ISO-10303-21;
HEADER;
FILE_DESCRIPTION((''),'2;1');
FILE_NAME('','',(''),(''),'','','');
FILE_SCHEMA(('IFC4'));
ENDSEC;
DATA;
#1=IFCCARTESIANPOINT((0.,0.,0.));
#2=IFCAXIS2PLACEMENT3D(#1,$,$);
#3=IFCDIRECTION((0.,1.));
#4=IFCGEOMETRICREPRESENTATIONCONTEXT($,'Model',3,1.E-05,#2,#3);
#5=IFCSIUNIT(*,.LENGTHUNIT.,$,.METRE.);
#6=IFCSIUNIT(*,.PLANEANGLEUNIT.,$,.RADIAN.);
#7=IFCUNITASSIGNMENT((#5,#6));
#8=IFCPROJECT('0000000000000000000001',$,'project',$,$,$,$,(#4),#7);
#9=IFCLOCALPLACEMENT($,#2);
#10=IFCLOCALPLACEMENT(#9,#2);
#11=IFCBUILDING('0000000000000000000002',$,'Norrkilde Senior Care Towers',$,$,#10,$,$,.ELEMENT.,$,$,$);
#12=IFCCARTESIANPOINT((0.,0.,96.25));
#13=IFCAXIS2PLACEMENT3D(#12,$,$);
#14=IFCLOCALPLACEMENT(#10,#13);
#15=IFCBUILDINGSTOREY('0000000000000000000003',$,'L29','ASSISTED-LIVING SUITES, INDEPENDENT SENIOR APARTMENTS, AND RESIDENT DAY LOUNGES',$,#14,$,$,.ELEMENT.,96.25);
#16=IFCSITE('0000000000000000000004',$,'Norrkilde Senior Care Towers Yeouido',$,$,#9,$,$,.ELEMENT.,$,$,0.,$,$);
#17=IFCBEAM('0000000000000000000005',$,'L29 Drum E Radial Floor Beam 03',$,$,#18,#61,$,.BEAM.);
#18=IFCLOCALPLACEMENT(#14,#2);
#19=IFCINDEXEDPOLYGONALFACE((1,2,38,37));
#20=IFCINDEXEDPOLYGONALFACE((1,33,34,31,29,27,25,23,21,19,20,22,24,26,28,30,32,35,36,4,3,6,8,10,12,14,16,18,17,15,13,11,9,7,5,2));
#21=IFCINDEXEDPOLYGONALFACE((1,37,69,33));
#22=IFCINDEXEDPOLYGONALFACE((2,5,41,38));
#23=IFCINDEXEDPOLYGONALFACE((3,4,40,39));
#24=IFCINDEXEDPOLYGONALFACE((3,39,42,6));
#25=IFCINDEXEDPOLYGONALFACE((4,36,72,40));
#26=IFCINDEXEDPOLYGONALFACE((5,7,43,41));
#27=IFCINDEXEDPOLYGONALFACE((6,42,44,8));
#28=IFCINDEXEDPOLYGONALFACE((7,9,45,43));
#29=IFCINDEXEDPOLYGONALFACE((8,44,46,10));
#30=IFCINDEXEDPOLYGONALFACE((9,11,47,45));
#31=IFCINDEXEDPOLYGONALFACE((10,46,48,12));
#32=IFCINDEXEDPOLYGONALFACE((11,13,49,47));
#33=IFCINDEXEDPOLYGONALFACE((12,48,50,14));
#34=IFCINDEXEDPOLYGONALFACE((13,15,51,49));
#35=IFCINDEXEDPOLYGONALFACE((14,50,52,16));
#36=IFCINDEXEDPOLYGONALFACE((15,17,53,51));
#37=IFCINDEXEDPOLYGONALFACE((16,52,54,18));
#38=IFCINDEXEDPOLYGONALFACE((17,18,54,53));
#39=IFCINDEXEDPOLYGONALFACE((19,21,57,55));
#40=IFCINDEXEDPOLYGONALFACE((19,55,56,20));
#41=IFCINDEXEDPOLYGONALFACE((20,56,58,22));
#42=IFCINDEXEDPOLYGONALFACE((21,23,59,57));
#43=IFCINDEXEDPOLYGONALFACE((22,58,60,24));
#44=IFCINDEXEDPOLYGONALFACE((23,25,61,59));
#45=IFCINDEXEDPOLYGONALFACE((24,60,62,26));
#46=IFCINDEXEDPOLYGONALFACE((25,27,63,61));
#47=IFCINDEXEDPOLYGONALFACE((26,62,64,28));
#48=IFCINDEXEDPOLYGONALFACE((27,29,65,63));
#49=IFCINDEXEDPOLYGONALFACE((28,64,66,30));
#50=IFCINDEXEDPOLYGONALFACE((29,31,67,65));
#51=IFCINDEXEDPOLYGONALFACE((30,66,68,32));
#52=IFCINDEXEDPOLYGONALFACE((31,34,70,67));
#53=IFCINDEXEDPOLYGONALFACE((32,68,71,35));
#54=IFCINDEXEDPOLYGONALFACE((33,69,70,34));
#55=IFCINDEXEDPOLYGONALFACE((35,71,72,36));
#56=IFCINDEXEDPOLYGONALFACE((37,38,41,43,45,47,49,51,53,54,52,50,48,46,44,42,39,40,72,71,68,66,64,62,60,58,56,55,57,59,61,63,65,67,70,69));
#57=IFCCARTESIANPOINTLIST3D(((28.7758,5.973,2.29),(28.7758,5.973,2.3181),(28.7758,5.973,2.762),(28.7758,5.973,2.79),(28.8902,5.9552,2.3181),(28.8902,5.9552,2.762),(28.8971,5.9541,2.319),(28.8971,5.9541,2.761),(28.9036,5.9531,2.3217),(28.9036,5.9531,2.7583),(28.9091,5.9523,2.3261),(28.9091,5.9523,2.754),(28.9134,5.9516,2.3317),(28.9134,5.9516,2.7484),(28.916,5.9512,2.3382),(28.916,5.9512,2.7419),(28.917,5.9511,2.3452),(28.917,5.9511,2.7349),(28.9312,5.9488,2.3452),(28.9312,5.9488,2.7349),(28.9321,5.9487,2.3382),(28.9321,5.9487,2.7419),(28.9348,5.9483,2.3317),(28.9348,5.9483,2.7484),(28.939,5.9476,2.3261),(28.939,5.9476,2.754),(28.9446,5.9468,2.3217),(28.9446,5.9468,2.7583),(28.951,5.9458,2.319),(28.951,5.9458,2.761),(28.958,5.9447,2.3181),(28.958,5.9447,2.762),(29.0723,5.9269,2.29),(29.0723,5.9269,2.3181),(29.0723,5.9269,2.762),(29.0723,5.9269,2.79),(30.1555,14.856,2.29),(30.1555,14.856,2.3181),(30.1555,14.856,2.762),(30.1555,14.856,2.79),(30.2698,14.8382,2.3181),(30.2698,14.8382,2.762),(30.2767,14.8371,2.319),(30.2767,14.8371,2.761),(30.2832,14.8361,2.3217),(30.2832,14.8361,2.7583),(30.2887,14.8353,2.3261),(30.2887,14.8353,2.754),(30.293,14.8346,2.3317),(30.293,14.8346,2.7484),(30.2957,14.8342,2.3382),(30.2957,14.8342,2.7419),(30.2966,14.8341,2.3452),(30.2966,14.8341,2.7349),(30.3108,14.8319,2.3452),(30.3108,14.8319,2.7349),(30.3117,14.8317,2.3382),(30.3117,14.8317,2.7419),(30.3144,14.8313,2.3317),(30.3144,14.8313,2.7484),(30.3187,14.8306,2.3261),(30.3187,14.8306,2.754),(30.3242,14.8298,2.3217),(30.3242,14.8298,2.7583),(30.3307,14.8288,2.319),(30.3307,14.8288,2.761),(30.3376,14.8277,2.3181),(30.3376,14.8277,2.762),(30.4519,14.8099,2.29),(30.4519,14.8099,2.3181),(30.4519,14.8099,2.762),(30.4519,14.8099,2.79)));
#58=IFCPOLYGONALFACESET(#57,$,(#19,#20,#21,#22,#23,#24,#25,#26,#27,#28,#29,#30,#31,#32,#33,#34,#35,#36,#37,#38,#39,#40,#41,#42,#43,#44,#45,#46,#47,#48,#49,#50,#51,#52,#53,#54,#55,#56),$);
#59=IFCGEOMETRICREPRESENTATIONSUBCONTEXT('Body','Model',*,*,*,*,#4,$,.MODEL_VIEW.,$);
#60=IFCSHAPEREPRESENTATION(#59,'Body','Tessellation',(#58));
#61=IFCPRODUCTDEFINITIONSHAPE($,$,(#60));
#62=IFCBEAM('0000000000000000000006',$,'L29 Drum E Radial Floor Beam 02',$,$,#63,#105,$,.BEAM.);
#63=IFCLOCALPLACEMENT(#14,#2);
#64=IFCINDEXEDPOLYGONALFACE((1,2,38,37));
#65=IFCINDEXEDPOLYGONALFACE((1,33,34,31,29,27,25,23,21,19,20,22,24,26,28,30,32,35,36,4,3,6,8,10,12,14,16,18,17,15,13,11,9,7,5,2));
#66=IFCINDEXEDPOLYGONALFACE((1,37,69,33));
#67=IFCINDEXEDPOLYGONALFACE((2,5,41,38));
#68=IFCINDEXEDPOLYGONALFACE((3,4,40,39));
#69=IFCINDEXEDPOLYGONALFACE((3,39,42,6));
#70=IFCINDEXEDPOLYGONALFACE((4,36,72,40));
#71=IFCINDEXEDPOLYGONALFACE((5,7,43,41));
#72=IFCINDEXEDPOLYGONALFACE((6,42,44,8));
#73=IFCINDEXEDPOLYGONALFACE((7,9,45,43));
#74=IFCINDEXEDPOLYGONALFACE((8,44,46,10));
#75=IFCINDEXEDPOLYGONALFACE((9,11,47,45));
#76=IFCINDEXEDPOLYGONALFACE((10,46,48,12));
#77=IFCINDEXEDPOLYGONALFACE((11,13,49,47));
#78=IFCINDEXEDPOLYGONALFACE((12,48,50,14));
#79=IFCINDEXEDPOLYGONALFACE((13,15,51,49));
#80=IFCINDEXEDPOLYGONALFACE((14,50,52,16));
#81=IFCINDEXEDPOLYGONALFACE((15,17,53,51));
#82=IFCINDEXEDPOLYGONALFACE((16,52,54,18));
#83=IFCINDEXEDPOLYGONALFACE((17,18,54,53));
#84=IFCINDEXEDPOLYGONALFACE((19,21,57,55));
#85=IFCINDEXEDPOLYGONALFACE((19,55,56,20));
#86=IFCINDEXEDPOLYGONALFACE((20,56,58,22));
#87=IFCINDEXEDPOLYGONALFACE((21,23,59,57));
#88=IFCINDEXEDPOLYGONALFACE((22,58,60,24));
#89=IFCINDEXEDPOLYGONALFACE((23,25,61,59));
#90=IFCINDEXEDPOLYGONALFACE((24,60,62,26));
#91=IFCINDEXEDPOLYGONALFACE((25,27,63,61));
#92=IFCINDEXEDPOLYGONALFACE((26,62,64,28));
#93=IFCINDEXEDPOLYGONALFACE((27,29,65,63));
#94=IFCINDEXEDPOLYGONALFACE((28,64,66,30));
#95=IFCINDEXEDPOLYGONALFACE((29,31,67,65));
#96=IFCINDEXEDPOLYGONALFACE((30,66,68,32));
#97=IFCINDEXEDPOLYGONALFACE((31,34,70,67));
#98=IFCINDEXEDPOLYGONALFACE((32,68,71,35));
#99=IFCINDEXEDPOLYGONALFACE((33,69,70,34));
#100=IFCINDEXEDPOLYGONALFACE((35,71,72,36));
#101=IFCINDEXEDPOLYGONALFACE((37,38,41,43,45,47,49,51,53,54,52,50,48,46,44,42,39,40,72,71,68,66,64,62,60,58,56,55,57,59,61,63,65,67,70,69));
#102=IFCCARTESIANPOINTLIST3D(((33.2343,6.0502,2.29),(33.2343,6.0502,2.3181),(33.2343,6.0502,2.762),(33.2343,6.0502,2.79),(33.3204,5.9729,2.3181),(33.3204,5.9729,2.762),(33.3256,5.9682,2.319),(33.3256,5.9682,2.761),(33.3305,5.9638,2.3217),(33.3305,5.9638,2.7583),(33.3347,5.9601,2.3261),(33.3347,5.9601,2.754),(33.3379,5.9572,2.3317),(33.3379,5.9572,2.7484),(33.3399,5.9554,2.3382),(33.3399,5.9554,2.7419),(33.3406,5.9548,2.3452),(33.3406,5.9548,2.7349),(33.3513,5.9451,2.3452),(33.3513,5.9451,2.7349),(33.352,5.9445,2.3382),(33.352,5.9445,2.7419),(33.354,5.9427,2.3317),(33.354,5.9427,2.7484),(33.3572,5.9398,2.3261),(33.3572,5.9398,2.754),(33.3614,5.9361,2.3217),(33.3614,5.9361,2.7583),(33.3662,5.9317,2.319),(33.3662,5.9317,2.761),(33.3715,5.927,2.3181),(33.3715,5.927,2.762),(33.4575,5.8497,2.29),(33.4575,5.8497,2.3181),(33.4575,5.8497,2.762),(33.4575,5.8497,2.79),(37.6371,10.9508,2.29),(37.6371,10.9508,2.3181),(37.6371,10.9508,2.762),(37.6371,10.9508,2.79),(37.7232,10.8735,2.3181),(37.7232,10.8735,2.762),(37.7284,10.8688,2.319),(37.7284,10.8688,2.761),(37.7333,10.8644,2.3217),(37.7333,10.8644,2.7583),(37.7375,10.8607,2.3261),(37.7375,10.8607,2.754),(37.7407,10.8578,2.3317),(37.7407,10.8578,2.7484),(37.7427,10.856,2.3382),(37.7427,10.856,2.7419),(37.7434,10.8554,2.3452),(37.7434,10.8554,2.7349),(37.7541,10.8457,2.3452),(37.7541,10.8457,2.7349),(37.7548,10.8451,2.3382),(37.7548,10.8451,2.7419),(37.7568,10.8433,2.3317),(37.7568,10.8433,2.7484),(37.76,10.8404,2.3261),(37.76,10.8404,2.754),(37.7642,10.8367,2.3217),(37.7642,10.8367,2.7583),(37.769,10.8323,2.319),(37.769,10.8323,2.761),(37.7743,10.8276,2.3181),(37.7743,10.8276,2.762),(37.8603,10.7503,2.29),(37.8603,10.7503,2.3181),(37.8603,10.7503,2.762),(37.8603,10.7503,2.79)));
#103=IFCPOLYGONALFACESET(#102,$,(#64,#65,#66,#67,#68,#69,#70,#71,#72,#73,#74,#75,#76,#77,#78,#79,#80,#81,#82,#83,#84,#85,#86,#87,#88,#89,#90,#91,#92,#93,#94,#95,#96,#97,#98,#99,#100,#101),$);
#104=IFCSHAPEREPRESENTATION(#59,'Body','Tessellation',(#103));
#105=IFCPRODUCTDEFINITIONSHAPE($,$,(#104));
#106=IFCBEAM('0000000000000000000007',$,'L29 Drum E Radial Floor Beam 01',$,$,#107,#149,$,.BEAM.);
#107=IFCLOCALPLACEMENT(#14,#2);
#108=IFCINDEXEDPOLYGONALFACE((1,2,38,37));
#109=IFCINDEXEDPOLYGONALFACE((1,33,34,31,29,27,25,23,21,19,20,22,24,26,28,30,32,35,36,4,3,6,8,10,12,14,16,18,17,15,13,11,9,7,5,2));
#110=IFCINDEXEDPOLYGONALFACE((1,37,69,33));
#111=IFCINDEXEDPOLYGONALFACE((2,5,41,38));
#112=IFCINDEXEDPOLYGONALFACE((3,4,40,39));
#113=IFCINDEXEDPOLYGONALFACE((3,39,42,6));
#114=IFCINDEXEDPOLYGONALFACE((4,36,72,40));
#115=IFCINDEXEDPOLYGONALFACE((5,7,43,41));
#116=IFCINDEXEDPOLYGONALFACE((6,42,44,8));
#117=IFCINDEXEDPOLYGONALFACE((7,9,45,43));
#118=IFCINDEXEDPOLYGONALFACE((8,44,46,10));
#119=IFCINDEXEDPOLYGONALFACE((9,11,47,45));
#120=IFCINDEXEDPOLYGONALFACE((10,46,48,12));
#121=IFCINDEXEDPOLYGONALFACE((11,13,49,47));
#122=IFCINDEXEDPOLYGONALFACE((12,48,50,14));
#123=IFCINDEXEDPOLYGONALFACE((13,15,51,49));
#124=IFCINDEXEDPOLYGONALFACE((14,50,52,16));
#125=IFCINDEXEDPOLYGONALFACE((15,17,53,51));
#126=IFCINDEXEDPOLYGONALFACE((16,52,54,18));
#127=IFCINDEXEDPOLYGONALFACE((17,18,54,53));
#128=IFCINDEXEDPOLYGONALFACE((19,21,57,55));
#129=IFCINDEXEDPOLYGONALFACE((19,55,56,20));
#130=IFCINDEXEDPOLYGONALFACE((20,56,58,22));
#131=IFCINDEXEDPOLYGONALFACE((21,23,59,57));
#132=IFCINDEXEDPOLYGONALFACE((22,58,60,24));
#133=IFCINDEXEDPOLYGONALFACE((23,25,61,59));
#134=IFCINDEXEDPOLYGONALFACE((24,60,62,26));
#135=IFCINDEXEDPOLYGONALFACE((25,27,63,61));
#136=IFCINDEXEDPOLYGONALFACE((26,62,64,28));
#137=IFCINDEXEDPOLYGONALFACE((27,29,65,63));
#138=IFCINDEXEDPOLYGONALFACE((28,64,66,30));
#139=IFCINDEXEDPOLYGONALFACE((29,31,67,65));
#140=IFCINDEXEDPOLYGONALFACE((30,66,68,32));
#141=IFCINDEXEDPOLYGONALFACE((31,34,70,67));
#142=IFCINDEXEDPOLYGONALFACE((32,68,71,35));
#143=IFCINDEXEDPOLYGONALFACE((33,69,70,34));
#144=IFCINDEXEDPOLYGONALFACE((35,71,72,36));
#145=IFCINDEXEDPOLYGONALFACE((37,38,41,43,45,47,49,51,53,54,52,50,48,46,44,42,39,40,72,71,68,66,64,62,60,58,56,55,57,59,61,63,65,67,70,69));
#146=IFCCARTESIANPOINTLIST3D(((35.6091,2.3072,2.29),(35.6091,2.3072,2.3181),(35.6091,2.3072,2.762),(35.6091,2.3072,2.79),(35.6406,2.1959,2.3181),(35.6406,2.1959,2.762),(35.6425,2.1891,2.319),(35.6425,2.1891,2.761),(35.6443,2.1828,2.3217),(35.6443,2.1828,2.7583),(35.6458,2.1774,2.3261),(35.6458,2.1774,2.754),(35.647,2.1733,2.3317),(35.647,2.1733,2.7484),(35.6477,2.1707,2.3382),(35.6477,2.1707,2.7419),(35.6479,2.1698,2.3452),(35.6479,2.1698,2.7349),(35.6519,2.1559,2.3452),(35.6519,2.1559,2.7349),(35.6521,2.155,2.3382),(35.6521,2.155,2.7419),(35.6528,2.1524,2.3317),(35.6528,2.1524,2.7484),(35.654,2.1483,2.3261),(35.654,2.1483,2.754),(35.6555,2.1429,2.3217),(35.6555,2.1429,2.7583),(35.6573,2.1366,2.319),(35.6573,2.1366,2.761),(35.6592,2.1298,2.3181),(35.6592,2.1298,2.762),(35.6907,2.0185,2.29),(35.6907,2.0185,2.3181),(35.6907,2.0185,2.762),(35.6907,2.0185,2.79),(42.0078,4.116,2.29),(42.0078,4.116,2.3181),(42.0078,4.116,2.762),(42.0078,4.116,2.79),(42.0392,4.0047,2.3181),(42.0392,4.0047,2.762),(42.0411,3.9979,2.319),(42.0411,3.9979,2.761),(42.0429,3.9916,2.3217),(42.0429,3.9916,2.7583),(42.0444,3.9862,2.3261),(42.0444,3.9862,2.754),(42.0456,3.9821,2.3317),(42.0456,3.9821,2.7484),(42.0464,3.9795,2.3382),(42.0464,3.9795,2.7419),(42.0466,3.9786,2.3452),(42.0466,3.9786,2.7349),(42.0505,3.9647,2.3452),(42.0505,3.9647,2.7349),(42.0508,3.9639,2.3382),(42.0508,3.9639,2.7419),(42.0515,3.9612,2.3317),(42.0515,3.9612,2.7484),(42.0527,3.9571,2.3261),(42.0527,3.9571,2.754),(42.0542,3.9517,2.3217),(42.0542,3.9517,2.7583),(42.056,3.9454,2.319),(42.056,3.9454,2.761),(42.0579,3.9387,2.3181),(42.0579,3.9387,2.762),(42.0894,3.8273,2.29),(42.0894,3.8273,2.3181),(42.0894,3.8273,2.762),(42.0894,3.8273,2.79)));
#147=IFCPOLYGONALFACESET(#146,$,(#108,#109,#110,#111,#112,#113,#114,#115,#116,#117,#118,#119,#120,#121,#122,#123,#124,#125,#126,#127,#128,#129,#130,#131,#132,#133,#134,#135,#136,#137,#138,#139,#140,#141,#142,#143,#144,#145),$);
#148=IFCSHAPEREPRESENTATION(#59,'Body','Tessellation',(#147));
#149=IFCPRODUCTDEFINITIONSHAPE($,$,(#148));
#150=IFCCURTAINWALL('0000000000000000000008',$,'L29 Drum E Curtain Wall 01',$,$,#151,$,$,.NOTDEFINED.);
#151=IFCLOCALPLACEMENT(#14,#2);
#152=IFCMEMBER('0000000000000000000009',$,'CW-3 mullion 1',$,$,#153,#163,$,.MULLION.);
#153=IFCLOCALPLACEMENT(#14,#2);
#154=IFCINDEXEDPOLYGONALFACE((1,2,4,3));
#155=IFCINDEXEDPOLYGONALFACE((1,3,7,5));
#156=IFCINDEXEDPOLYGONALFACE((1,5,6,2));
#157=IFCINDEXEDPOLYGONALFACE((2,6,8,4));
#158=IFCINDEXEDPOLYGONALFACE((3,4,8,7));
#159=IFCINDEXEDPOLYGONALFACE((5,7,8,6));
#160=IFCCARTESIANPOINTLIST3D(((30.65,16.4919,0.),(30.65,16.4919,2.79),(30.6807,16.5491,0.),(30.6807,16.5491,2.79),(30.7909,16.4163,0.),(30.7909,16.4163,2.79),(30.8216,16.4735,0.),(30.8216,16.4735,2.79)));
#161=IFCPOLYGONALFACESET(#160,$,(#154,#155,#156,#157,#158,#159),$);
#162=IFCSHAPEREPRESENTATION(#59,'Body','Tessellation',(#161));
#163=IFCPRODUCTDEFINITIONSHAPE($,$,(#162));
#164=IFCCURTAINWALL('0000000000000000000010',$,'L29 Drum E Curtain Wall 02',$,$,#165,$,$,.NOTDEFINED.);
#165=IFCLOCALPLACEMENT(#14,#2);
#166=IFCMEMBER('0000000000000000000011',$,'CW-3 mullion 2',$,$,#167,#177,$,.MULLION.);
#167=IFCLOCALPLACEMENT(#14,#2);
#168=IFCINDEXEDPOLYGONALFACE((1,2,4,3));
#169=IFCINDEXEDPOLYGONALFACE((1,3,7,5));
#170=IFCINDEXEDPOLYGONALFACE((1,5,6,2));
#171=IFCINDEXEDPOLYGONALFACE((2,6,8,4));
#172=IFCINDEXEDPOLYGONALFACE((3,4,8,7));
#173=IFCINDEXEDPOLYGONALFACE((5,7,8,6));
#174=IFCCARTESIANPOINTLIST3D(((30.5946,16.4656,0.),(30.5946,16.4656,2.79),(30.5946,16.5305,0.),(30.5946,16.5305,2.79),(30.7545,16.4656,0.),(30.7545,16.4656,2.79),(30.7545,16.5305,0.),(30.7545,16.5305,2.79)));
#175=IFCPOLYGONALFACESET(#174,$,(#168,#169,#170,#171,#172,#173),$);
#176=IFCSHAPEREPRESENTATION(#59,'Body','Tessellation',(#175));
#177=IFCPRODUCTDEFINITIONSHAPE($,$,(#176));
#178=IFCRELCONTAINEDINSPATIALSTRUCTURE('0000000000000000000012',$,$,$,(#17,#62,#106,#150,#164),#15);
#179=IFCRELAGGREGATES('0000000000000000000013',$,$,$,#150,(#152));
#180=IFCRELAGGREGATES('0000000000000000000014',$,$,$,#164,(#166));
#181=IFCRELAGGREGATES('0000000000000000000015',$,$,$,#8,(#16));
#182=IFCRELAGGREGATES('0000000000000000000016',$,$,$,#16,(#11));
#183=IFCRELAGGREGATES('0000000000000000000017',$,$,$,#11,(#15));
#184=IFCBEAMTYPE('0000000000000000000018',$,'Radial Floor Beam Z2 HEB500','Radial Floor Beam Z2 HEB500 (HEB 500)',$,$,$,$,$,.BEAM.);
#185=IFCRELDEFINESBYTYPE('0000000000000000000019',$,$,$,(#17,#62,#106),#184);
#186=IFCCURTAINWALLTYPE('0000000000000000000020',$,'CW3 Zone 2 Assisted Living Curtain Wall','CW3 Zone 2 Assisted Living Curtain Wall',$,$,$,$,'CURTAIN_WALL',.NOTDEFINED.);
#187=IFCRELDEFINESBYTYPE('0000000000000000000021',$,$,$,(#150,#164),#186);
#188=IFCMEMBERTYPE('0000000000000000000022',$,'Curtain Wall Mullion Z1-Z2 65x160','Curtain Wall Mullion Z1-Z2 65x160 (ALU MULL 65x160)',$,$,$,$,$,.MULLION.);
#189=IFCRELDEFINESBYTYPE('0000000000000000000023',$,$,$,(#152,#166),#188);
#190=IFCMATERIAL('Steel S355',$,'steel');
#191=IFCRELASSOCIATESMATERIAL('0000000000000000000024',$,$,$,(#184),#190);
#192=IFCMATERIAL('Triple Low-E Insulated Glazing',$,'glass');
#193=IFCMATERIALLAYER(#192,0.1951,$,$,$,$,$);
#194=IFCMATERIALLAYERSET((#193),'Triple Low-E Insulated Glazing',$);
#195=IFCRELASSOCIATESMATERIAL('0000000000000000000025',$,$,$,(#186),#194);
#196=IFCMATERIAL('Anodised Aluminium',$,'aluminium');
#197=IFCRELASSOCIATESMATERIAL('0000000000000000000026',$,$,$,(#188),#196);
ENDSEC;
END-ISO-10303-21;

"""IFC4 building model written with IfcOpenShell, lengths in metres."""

from ifc_helpers import new_model, si_unit, direction, frame, origin, origin_2d, place, context, subcontext, project, spatial, rectangle, i_section, extrude, source, transform, mapped, material, layer, layer_set, material_profile, profile_set, type_object, type_shapes, element, aggregate, save


model = new_model("IFC4")

# Units and contexts
model_context = context("Model", 3, precision=1e-05, world=origin(), true_north=direction((0.0, 1.0)))
body_context = subcontext(model_context, "Body", "Model", "MODEL_VIEW")
ifc_project = project(units=[si_unit("LENGTHUNIT", "METRE"), si_unit("PLANEANGLEUNIT", "RADIAN")], contexts=[model_context])

# Site, building, storey
site_placement = place(None, origin())
site = spatial("IfcSite", under=ifc_project, at=site_placement, Name="Norrkilde Senior Care Towers Yeouido", CompositionType="ELEMENT", RefElevation=0.0)
building_placement = place(site_placement, origin())
building = spatial("IfcBuilding", under=site, at=building_placement, Name="Norrkilde Senior Care Towers", CompositionType="ELEMENT")
storey_placement = place(building_placement, frame((0.0, 0.0, 96.25)))
storey = spatial("IfcBuildingStorey", under=building, at=storey_placement, Name="L29", Description="ASSISTED-LIVING SUITES, INDEPENDENT SENIOR APARTMENTS, AND RESIDENT DAY LOUNGES", CompositionType="ELEMENT", Elevation=96.25)

# Beams
ifc_material_1 = material(Name="Steel S355", Category="steel")
ifc_material_profile_1 = material_profile(ifc_material_1, i_section(OverallWidth=0.3, OverallDepth=0.5, WebThickness=0.0144, FlangeThickness=0.0281, FilletRadius=0.0271, at=origin_2d()), Name="HEB 500")
ifc_profile_set_1 = profile_set([ifc_material_profile_1], Name="Steel S355")
beam_type_1 = type_object("IfcBeamType", Name="Radial Floor Beam Z2 HEB500", Description="Radial Floor Beam Z2 HEB500 (HEB 500)", PredefinedType="BEAM", material=ifc_profile_set_1)
shared_shape_1 = source(origin(), body_context, "Body", "SweptSolid", [
    extrude(i_section(OverallWidth=0.3, OverallDepth=0.5, WebThickness=0.0144, FlangeThickness=0.0281, FilletRadius=0.0271, at=origin_2d()), origin(), (0.0, 0.0, 1.0), 8.9895),
])
beam_1_placement = place(storey_placement, frame((28.9241, 5.95, 2.54), z_axis=(0.153471, 0.988153, 0.0), x_axis=(-0.988153, 0.153471, 0.0)))
element("IfcBeam", 1, at=beam_1_placement, inside=storey, type_object=beam_type_1, Name="L29 Drum E Radial Floor Beam 03", PredefinedType="BEAM", context=body_context, shape_type="MappedRepresentation", body=[
    mapped(shared_shape_1, transform((0.0, 0.0, 0.0), x_axis=(1.0, 0.0, 0.0), y_axis=(0.0, 1.0, 0.0), z_axis=(0.0, 0.0, 1.0), scale=1.0)),
])
shared_shape_2 = source(origin(), body_context, "Body", "SweptSolid", [
    extrude(i_section(OverallWidth=0.3, OverallDepth=0.5, WebThickness=0.0144, FlangeThickness=0.0281, FilletRadius=0.0271, at=origin_2d()), origin(), (0.0, 0.0, 1.0), 6.5879),
])
beam_2_placement = place(storey_placement, frame((33.3459, 5.95, 2.54), z_axis=(0.668315, 0.743878, 0.0), x_axis=(-0.743878, 0.668315, 0.0)))
element("IfcBeam", 2, at=beam_2_placement, inside=storey, type_object=beam_type_1, Name="L29 Drum E Radial Floor Beam 02", PredefinedType="BEAM", context=body_context, shape_type="MappedRepresentation", body=[
    mapped(shared_shape_2, transform((0.0, 0.0, 0.0), x_axis=(1.0, 0.0, 0.0), y_axis=(0.0, 1.0, 0.0), z_axis=(0.0, 0.0, 1.0), scale=1.0)),
])
shared_shape_3 = source(origin(), body_context, "Body", "SweptSolid", [
    extrude(i_section(OverallWidth=0.3, OverallDepth=0.5, WebThickness=0.0144, FlangeThickness=0.0281, FilletRadius=0.0271, at=origin_2d()), origin(), (0.0, 0.0, 1.0), 6.6494),
])
beam_3_placement = place(storey_placement, frame((35.6499, 2.1628, 2.54), z_axis=(0.962289, 0.272029, 0.0), x_axis=(-0.272029, 0.962289, 0.0)))
element("IfcBeam", 3, at=beam_3_placement, inside=storey, type_object=beam_type_1, Name="L29 Drum E Radial Floor Beam 01", PredefinedType="BEAM", context=body_context, shape_type="MappedRepresentation", body=[
    mapped(shared_shape_3, transform((0.0, 0.0, 0.0), x_axis=(1.0, 0.0, 0.0), y_axis=(0.0, 1.0, 0.0), z_axis=(0.0, 0.0, 1.0), scale=1.0)),
])

# Curtain walls, members
ifc_material_2 = material(Name="Triple Low-E Insulated Glazing", Category="glass")
ifc_layer_1 = layer(ifc_material_2, 0.1951)
ifc_layer_set_1 = layer_set([ifc_layer_1], Name="Triple Low-E Insulated Glazing")
curtain_wall_type = type_object("IfcCurtainWallType", Name="CW3 Zone 2 Assisted Living Curtain Wall", Description="CW3 Zone 2 Assisted Living Curtain Wall", ElementType="CURTAIN_WALL", PredefinedType="NOTDEFINED", material=ifc_layer_set_1)
curtain_wall_1_placement = place(storey_placement, origin())
curtain_wall_1 = element("IfcCurtainWall", 4, at=curtain_wall_1_placement, inside=storey, type_object=curtain_wall_type, Name="L29 Drum E Curtain Wall 01", PredefinedType="NOTDEFINED")
ifc_material_3 = material(Name="Anodised Aluminium", Category="aluminium")
ifc_material_profile_2 = material_profile(ifc_material_3, rectangle(XDim=0.0649, YDim=0.1599, at=origin_2d()), Name="ALU MULL 65x160")
ifc_profile_set_2 = profile_set([ifc_material_profile_2], Name="Anodised Aluminium")
member_type_1 = type_object("IfcMemberType", Name="Curtain Wall Mullion Z1-Z2 65x160", Description="Curtain Wall Mullion Z1-Z2 65x160 (ALU MULL 65x160)", PredefinedType="MULLION", material=ifc_profile_set_2)
shared_shape_4 = source(origin(), body_context, "Body", "SweptSolid", [
    extrude(rectangle(XDim=0.0649, YDim=0.1599, at=origin_2d()), origin(), (0.0, 0.0, 1.0), 2.79),
])
type_shapes(member_type_1, [shared_shape_4])
member_1_placement = place(storey_placement, frame((30.7358, 16.4827, 0.0), z_axis=(0.0, 0.0, 1.0), x_axis=(0.472769, 0.881186, 0.0)))
member_1 = element("IfcMember", 5, at=member_1_placement, type_object=member_type_1, Name="CW-3 mullion 1", PredefinedType="MULLION", context=body_context, shape_type="MappedRepresentation", body=[
    mapped(shared_shape_4, transform((0.0, 0.0, 0.0), x_axis=(1.0, 0.0, 0.0), y_axis=(0.0, 1.0, 0.0), z_axis=(0.0, 0.0, 1.0), scale=1.0)),
])
curtain_wall_2_placement = place(storey_placement, origin())
curtain_wall_2 = element("IfcCurtainWall", 6, at=curtain_wall_2_placement, inside=storey, type_object=curtain_wall_type, Name="L29 Drum E Curtain Wall 02", PredefinedType="NOTDEFINED")
member_2_placement = place(storey_placement, frame((30.6746, 16.498, 0.0), z_axis=(0.0, 0.0, 1.0), x_axis=(0.0, 1.0, 0.0)))
member_2 = element("IfcMember", 7, at=member_2_placement, type_object=member_type_1, Name="CW-3 mullion 2", PredefinedType="MULLION", context=body_context, shape_type="MappedRepresentation", body=[
    mapped(shared_shape_4, transform((0.0, 0.0, 0.0), x_axis=(1.0, 0.0, 0.0), y_axis=(0.0, 1.0, 0.0), z_axis=(0.0, 0.0, 1.0), scale=1.0)),
])

aggregate(curtain_wall_1, [member_1])
aggregate(curtain_wall_2, [member_2])

save(model, "model.ifc")
